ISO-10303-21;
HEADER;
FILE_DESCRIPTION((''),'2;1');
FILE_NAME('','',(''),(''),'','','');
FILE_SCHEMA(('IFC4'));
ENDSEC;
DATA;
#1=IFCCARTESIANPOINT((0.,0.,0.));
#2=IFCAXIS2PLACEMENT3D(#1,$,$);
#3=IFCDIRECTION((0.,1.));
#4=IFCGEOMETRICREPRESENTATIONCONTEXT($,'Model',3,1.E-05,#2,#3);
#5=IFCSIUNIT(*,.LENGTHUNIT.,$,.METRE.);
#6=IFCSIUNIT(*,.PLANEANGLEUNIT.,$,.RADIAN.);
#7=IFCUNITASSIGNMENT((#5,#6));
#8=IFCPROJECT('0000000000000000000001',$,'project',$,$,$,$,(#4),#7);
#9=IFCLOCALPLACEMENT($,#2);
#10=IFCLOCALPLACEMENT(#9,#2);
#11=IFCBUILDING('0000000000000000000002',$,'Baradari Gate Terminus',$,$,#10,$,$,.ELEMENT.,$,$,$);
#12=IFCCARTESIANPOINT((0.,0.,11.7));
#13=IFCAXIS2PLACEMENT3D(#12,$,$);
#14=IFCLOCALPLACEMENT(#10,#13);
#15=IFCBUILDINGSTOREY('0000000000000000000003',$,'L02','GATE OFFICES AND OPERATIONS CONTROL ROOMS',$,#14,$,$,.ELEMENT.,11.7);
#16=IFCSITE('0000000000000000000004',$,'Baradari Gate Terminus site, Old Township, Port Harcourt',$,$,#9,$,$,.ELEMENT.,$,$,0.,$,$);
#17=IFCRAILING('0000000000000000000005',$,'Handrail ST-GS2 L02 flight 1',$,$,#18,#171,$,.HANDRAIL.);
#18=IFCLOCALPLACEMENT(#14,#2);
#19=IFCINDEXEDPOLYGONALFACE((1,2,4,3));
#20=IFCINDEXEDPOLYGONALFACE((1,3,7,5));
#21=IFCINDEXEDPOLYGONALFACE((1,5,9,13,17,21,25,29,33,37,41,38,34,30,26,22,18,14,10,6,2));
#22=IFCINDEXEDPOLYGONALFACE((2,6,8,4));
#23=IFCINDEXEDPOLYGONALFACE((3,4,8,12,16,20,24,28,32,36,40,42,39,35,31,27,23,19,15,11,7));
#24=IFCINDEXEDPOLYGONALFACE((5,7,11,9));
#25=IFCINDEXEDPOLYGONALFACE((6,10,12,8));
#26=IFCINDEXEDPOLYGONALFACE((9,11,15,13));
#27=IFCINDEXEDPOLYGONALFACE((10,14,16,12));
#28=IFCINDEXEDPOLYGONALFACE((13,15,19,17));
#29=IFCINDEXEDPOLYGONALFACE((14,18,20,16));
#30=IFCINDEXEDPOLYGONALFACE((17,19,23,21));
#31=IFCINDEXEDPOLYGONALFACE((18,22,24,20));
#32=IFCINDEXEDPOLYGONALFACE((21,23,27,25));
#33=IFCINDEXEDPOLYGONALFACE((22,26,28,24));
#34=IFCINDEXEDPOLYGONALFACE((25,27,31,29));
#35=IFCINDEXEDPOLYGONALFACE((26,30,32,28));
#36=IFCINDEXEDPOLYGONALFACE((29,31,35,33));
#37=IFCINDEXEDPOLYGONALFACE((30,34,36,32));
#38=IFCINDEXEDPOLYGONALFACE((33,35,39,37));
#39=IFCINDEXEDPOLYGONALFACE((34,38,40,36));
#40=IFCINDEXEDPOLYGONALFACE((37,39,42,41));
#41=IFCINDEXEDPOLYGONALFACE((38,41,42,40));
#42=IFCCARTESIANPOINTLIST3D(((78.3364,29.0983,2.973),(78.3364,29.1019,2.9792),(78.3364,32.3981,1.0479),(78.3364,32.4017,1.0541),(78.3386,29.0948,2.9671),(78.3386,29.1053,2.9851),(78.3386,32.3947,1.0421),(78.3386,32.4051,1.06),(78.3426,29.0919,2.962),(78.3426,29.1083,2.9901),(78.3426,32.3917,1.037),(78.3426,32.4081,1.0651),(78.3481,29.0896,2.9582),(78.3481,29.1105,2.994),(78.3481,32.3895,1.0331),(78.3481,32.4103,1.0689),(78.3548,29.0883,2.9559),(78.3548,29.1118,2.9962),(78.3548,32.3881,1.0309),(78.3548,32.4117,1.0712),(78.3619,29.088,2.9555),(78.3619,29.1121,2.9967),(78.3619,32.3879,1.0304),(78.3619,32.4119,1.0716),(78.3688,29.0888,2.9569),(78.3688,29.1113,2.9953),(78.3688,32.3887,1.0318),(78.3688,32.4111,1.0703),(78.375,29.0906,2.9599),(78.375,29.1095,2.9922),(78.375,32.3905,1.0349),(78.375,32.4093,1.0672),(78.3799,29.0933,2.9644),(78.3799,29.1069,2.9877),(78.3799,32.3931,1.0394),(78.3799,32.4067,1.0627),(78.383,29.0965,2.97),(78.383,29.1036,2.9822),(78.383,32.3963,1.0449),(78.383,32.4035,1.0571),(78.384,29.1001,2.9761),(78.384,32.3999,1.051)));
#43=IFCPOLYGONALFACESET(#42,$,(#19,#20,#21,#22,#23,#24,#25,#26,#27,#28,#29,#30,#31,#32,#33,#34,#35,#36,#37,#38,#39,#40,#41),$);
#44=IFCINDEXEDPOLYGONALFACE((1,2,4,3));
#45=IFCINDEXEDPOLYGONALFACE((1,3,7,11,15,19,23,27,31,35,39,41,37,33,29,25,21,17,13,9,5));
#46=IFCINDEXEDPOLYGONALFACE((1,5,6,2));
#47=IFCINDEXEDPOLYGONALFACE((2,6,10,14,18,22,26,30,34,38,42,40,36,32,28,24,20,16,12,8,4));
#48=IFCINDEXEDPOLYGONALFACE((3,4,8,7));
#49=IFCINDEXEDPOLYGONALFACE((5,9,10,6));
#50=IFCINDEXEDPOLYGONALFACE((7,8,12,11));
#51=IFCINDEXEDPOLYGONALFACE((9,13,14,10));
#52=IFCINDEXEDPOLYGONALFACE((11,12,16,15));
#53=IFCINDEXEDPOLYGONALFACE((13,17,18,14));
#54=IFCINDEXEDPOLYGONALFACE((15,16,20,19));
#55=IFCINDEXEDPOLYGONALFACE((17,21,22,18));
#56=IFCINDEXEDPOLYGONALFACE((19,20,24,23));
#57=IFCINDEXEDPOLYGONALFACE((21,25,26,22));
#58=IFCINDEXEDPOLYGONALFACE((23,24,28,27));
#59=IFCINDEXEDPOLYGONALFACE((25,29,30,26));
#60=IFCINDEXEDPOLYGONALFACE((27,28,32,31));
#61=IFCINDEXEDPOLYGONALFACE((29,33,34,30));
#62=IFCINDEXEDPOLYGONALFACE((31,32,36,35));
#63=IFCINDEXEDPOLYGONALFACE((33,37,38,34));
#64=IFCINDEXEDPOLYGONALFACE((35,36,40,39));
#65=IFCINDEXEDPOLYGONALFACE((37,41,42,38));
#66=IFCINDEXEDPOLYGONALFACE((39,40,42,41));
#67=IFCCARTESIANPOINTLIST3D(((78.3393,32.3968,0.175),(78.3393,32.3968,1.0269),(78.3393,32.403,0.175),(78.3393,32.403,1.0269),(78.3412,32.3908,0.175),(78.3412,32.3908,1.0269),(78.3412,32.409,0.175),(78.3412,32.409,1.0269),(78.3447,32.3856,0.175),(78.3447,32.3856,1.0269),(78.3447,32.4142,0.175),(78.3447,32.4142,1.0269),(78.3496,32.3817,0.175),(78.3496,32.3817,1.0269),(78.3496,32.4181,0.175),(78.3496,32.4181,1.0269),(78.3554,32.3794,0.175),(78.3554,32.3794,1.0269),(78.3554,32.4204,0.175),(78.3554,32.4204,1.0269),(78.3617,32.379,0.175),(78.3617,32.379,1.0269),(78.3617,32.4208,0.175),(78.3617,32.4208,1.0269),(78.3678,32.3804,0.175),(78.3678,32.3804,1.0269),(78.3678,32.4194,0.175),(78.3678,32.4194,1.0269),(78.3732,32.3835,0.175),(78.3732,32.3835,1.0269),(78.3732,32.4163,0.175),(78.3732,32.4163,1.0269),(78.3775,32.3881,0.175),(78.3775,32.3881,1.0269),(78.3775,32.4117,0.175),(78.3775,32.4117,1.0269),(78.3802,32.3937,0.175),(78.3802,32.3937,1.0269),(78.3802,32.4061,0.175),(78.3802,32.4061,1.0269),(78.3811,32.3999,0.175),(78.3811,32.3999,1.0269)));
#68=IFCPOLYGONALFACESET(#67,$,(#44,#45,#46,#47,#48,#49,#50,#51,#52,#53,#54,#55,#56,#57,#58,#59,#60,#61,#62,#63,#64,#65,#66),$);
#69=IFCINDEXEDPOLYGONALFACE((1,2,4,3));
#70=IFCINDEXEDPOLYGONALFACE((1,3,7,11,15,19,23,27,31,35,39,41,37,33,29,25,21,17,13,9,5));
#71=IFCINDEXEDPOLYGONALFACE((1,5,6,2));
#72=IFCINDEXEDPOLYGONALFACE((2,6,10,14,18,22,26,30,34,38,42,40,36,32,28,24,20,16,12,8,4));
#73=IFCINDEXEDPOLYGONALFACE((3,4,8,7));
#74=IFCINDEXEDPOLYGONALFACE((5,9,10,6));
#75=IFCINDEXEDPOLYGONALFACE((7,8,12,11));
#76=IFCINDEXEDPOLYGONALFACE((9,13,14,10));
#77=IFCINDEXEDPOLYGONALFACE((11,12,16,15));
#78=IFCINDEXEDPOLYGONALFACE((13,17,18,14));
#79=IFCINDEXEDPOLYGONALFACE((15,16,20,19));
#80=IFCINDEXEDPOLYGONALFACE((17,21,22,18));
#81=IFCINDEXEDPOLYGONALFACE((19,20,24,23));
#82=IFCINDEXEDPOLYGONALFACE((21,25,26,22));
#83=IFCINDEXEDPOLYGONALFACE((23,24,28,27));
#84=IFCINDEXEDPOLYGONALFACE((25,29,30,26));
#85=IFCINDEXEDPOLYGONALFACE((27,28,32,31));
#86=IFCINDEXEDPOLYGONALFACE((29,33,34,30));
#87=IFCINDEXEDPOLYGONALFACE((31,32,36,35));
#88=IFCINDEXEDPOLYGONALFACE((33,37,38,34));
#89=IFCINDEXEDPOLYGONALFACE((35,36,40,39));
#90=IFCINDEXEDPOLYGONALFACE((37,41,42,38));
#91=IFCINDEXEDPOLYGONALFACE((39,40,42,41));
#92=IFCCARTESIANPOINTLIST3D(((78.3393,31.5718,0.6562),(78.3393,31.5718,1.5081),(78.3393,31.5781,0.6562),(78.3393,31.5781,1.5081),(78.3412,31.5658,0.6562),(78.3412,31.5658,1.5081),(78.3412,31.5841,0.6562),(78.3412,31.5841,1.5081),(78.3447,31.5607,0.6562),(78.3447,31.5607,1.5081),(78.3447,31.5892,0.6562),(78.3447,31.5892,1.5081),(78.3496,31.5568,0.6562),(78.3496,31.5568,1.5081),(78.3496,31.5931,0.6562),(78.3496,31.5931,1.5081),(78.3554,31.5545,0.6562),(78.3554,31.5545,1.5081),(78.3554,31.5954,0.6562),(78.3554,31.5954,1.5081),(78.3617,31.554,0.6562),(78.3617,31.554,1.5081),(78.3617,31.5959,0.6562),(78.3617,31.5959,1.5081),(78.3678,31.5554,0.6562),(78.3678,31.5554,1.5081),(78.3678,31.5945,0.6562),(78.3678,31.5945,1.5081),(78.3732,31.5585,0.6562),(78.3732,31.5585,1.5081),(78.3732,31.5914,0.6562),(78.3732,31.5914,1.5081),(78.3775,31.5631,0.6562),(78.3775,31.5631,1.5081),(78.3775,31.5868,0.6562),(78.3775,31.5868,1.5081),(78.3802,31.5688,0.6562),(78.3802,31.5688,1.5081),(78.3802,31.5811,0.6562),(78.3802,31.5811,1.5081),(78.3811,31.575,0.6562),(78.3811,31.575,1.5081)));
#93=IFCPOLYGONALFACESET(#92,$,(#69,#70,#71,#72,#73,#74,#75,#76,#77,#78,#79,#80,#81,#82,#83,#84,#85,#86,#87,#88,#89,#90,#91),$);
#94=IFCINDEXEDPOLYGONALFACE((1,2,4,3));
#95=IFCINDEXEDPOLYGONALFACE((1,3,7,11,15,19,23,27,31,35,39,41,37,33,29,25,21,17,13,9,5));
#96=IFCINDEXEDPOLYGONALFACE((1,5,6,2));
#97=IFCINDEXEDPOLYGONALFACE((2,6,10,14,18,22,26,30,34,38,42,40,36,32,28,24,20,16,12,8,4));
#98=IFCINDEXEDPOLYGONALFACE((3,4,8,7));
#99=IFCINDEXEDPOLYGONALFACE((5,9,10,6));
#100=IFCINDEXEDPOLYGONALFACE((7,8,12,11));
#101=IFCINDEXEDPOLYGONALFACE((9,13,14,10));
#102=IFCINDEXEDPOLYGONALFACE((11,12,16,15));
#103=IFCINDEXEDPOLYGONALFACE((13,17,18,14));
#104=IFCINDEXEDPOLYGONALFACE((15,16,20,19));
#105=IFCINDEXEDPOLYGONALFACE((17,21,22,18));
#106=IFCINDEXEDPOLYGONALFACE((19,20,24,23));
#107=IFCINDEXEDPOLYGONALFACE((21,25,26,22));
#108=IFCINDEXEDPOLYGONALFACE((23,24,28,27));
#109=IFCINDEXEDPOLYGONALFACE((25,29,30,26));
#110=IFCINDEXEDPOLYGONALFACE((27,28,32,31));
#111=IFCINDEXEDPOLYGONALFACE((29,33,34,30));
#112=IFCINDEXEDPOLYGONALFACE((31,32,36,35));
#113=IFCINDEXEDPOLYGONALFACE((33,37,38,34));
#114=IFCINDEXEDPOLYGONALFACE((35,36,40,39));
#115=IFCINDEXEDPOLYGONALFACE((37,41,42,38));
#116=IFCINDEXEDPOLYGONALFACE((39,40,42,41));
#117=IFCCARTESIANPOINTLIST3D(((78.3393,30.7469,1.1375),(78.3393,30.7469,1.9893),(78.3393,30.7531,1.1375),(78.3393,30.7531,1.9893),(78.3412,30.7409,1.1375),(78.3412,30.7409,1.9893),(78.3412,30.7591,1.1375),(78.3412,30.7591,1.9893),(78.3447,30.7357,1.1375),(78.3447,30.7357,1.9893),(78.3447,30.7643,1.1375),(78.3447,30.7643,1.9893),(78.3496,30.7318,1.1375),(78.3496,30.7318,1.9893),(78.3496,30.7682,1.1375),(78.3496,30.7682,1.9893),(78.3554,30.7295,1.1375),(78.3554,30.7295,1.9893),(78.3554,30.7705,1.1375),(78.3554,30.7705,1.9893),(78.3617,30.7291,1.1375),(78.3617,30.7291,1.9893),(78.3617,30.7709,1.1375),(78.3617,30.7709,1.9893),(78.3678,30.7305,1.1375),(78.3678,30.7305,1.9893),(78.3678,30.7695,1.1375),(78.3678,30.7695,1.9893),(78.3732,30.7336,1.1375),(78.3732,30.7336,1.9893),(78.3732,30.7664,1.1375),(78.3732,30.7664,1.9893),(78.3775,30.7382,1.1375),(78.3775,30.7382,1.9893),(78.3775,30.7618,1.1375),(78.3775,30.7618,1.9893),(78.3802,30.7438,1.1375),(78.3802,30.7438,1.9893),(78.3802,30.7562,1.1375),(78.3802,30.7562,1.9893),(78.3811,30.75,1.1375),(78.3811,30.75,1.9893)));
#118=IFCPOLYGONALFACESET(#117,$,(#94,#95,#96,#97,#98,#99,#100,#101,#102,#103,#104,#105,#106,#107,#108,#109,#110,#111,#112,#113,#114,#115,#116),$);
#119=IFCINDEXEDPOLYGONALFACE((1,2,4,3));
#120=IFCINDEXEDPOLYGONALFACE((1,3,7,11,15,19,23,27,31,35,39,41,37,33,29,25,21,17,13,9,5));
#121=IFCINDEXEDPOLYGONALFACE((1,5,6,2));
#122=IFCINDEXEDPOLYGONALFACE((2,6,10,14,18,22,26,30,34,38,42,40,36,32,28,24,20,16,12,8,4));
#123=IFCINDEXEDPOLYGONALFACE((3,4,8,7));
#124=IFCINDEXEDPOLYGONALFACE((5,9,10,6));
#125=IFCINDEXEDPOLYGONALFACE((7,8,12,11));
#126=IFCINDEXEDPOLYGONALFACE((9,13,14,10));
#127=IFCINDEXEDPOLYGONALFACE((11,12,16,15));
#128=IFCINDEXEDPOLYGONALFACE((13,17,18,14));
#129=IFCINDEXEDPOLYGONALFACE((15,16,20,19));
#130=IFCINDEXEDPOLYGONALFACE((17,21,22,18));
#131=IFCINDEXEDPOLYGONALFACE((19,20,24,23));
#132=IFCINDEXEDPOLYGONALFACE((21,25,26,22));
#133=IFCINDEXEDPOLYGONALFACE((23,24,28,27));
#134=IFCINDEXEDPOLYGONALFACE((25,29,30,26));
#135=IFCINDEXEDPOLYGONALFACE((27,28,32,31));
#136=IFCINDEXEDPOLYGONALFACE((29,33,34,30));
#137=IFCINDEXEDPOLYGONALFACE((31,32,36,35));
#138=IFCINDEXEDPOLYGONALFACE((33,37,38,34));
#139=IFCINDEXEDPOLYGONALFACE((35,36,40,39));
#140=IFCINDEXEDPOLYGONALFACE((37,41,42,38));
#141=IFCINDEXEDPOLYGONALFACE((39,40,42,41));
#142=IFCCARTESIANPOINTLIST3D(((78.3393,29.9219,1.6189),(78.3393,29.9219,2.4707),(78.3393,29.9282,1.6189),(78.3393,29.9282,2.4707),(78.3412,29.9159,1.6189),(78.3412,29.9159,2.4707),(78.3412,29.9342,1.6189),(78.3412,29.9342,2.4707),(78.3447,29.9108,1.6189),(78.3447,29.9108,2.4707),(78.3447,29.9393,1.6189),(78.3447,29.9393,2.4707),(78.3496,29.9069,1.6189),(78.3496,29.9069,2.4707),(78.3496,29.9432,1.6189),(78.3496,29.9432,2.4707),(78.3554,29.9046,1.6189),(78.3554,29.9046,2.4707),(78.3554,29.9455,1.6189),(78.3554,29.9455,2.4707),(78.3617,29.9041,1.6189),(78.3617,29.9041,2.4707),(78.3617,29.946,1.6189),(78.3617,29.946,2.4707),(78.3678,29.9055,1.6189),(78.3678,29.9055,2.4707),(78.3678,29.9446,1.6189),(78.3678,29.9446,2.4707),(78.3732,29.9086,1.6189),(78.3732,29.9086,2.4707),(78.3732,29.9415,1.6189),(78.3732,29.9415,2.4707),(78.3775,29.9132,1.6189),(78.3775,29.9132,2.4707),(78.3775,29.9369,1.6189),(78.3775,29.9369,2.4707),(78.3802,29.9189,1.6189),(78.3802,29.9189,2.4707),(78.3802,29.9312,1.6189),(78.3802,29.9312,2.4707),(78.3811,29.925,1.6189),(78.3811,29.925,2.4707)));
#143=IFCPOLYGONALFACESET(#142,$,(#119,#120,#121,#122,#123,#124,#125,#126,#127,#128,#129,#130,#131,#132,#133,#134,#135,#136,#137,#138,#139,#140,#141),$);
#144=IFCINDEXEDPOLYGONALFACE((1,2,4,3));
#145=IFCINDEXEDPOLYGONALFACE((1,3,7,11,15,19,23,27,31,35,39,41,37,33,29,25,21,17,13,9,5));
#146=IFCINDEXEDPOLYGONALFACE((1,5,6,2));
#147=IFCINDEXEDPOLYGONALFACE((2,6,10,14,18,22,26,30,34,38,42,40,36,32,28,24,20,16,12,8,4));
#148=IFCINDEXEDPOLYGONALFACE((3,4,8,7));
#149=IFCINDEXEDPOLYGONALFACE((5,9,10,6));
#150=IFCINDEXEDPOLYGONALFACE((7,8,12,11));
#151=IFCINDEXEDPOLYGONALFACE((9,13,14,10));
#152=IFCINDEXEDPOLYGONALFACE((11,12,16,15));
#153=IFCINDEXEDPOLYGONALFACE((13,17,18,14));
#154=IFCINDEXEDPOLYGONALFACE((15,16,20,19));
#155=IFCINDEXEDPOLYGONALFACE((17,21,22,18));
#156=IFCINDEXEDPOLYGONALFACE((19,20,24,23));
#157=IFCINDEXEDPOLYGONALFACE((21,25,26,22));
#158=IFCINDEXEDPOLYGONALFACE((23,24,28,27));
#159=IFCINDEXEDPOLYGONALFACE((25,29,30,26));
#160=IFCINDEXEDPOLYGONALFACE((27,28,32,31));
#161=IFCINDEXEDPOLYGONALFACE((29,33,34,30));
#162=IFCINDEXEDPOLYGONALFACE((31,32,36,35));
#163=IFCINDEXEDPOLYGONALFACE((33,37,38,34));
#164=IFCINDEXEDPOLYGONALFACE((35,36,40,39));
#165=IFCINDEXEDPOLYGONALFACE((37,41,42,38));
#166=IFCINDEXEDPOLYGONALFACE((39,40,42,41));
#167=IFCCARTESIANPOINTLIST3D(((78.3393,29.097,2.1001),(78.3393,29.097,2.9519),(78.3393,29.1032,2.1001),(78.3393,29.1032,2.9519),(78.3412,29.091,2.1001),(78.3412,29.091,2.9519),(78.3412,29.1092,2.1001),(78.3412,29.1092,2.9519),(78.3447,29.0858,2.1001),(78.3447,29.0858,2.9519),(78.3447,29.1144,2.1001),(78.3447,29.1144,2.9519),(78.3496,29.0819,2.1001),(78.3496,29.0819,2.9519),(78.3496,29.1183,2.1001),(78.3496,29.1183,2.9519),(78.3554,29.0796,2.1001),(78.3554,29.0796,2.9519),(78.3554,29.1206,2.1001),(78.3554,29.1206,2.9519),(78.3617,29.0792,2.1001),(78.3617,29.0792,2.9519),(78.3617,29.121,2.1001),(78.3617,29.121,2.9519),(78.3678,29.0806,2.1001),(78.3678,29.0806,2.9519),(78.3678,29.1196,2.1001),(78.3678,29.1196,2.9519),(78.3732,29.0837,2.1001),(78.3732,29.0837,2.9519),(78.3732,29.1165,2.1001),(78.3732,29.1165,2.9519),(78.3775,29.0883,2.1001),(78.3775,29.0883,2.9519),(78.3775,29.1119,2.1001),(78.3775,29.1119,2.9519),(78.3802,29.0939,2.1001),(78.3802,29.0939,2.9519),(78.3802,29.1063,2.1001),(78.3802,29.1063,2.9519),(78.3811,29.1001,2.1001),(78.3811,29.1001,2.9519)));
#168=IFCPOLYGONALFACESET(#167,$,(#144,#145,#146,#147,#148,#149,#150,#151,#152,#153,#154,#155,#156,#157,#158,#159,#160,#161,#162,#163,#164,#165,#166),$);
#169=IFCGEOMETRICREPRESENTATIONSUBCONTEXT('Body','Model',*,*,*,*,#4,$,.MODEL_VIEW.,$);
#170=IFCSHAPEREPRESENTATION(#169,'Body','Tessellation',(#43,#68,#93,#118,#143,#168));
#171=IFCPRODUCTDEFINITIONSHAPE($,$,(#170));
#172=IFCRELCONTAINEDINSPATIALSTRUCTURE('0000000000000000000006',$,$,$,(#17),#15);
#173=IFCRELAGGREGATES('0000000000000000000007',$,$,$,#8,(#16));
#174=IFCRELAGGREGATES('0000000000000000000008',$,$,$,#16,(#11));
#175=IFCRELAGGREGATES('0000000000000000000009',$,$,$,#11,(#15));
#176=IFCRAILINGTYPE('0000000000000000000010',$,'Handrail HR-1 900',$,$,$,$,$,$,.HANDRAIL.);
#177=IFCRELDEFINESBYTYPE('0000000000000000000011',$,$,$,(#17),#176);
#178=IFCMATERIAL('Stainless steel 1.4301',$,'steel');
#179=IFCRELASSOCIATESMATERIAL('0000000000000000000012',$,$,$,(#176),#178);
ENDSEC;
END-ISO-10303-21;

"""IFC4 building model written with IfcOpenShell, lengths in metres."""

from ifc_helpers import new_model, si_unit, direction, frame, origin, origin_2d, place, context, subcontext, project, spatial, circle, extrude, material, type_object, element, save


model = new_model("IFC4")

# Units and contexts
model_context = context("Model", 3, precision=1e-05, world=origin(), true_north=direction((0.0, 1.0)))
body_context = subcontext(model_context, "Body", "Model", "MODEL_VIEW")
ifc_project = project(units=[si_unit("LENGTHUNIT", "METRE"), si_unit("PLANEANGLEUNIT", "RADIAN")], contexts=[model_context])

# Site, building, storey
site_placement = place(None, origin())
site = spatial("IfcSite", under=ifc_project, at=site_placement, Name="Baradari Gate Terminus site, Old Township, Port Harcourt", CompositionType="ELEMENT", RefElevation=0.0)
building_placement = place(site_placement, origin())
building = spatial("IfcBuilding", under=site, at=building_placement, Name="Baradari Gate Terminus", CompositionType="ELEMENT")
storey_placement = place(building_placement, frame((0.0, 0.0, 11.7)))
storey = spatial("IfcBuildingStorey", under=building, at=storey_placement, Name="L02", Description="GATE OFFICES AND OPERATIONS CONTROL ROOMS", CompositionType="ELEMENT", Elevation=11.7)

# Railing
ifc_material_1 = material(Name="Stainless steel 1.4301", Category="steel")
railing_type = type_object("IfcRailingType", Name="Handrail HR-1 900", PredefinedType="HANDRAIL", material=ifc_material_1)
railing_placement = place(storey_placement, frame((78.3601, 32.3999, 0.175)))
element("IfcRailing", 1, at=railing_placement, inside=storey, type_object=railing_type, Name="Handrail ST-GS2 L02 flight 1", PredefinedType="HANDRAIL", context=body_context, shape_type="SweptSolid", body=[
    extrude(circle(Radius=0.0239, at=origin_2d()), frame((0.0, 0.0, 0.876), z_axis=(0.0, -0.86376, 0.503903), x_axis=(1.0, 0.0, 0.0)), (0.0, 0.0, 1.0), 3.8203),
    extrude(circle(Radius=0.021, at=origin_2d()), origin(), (0.0, 0.0, 1.0), 0.8518),
    extrude(circle(Radius=0.021, at=origin_2d()), frame((0.0, -0.825, 0.4812)), (0.0, 0.0, 1.0), 0.8518),
    extrude(circle(Radius=0.021, at=origin_2d()), frame((0.0, -1.6499, 0.9624)), (0.0, 0.0, 1.0), 0.8518),
    extrude(circle(Radius=0.021, at=origin_2d()), frame((0.0, -2.4749, 1.4438)), (0.0, 0.0, 1.0), 0.8518),
    extrude(circle(Radius=0.021, at=origin_2d()), frame((0.0, -3.2998, 1.925)), (0.0, 0.0, 1.0), 0.8518),
])

save(model, "model.ifc")
